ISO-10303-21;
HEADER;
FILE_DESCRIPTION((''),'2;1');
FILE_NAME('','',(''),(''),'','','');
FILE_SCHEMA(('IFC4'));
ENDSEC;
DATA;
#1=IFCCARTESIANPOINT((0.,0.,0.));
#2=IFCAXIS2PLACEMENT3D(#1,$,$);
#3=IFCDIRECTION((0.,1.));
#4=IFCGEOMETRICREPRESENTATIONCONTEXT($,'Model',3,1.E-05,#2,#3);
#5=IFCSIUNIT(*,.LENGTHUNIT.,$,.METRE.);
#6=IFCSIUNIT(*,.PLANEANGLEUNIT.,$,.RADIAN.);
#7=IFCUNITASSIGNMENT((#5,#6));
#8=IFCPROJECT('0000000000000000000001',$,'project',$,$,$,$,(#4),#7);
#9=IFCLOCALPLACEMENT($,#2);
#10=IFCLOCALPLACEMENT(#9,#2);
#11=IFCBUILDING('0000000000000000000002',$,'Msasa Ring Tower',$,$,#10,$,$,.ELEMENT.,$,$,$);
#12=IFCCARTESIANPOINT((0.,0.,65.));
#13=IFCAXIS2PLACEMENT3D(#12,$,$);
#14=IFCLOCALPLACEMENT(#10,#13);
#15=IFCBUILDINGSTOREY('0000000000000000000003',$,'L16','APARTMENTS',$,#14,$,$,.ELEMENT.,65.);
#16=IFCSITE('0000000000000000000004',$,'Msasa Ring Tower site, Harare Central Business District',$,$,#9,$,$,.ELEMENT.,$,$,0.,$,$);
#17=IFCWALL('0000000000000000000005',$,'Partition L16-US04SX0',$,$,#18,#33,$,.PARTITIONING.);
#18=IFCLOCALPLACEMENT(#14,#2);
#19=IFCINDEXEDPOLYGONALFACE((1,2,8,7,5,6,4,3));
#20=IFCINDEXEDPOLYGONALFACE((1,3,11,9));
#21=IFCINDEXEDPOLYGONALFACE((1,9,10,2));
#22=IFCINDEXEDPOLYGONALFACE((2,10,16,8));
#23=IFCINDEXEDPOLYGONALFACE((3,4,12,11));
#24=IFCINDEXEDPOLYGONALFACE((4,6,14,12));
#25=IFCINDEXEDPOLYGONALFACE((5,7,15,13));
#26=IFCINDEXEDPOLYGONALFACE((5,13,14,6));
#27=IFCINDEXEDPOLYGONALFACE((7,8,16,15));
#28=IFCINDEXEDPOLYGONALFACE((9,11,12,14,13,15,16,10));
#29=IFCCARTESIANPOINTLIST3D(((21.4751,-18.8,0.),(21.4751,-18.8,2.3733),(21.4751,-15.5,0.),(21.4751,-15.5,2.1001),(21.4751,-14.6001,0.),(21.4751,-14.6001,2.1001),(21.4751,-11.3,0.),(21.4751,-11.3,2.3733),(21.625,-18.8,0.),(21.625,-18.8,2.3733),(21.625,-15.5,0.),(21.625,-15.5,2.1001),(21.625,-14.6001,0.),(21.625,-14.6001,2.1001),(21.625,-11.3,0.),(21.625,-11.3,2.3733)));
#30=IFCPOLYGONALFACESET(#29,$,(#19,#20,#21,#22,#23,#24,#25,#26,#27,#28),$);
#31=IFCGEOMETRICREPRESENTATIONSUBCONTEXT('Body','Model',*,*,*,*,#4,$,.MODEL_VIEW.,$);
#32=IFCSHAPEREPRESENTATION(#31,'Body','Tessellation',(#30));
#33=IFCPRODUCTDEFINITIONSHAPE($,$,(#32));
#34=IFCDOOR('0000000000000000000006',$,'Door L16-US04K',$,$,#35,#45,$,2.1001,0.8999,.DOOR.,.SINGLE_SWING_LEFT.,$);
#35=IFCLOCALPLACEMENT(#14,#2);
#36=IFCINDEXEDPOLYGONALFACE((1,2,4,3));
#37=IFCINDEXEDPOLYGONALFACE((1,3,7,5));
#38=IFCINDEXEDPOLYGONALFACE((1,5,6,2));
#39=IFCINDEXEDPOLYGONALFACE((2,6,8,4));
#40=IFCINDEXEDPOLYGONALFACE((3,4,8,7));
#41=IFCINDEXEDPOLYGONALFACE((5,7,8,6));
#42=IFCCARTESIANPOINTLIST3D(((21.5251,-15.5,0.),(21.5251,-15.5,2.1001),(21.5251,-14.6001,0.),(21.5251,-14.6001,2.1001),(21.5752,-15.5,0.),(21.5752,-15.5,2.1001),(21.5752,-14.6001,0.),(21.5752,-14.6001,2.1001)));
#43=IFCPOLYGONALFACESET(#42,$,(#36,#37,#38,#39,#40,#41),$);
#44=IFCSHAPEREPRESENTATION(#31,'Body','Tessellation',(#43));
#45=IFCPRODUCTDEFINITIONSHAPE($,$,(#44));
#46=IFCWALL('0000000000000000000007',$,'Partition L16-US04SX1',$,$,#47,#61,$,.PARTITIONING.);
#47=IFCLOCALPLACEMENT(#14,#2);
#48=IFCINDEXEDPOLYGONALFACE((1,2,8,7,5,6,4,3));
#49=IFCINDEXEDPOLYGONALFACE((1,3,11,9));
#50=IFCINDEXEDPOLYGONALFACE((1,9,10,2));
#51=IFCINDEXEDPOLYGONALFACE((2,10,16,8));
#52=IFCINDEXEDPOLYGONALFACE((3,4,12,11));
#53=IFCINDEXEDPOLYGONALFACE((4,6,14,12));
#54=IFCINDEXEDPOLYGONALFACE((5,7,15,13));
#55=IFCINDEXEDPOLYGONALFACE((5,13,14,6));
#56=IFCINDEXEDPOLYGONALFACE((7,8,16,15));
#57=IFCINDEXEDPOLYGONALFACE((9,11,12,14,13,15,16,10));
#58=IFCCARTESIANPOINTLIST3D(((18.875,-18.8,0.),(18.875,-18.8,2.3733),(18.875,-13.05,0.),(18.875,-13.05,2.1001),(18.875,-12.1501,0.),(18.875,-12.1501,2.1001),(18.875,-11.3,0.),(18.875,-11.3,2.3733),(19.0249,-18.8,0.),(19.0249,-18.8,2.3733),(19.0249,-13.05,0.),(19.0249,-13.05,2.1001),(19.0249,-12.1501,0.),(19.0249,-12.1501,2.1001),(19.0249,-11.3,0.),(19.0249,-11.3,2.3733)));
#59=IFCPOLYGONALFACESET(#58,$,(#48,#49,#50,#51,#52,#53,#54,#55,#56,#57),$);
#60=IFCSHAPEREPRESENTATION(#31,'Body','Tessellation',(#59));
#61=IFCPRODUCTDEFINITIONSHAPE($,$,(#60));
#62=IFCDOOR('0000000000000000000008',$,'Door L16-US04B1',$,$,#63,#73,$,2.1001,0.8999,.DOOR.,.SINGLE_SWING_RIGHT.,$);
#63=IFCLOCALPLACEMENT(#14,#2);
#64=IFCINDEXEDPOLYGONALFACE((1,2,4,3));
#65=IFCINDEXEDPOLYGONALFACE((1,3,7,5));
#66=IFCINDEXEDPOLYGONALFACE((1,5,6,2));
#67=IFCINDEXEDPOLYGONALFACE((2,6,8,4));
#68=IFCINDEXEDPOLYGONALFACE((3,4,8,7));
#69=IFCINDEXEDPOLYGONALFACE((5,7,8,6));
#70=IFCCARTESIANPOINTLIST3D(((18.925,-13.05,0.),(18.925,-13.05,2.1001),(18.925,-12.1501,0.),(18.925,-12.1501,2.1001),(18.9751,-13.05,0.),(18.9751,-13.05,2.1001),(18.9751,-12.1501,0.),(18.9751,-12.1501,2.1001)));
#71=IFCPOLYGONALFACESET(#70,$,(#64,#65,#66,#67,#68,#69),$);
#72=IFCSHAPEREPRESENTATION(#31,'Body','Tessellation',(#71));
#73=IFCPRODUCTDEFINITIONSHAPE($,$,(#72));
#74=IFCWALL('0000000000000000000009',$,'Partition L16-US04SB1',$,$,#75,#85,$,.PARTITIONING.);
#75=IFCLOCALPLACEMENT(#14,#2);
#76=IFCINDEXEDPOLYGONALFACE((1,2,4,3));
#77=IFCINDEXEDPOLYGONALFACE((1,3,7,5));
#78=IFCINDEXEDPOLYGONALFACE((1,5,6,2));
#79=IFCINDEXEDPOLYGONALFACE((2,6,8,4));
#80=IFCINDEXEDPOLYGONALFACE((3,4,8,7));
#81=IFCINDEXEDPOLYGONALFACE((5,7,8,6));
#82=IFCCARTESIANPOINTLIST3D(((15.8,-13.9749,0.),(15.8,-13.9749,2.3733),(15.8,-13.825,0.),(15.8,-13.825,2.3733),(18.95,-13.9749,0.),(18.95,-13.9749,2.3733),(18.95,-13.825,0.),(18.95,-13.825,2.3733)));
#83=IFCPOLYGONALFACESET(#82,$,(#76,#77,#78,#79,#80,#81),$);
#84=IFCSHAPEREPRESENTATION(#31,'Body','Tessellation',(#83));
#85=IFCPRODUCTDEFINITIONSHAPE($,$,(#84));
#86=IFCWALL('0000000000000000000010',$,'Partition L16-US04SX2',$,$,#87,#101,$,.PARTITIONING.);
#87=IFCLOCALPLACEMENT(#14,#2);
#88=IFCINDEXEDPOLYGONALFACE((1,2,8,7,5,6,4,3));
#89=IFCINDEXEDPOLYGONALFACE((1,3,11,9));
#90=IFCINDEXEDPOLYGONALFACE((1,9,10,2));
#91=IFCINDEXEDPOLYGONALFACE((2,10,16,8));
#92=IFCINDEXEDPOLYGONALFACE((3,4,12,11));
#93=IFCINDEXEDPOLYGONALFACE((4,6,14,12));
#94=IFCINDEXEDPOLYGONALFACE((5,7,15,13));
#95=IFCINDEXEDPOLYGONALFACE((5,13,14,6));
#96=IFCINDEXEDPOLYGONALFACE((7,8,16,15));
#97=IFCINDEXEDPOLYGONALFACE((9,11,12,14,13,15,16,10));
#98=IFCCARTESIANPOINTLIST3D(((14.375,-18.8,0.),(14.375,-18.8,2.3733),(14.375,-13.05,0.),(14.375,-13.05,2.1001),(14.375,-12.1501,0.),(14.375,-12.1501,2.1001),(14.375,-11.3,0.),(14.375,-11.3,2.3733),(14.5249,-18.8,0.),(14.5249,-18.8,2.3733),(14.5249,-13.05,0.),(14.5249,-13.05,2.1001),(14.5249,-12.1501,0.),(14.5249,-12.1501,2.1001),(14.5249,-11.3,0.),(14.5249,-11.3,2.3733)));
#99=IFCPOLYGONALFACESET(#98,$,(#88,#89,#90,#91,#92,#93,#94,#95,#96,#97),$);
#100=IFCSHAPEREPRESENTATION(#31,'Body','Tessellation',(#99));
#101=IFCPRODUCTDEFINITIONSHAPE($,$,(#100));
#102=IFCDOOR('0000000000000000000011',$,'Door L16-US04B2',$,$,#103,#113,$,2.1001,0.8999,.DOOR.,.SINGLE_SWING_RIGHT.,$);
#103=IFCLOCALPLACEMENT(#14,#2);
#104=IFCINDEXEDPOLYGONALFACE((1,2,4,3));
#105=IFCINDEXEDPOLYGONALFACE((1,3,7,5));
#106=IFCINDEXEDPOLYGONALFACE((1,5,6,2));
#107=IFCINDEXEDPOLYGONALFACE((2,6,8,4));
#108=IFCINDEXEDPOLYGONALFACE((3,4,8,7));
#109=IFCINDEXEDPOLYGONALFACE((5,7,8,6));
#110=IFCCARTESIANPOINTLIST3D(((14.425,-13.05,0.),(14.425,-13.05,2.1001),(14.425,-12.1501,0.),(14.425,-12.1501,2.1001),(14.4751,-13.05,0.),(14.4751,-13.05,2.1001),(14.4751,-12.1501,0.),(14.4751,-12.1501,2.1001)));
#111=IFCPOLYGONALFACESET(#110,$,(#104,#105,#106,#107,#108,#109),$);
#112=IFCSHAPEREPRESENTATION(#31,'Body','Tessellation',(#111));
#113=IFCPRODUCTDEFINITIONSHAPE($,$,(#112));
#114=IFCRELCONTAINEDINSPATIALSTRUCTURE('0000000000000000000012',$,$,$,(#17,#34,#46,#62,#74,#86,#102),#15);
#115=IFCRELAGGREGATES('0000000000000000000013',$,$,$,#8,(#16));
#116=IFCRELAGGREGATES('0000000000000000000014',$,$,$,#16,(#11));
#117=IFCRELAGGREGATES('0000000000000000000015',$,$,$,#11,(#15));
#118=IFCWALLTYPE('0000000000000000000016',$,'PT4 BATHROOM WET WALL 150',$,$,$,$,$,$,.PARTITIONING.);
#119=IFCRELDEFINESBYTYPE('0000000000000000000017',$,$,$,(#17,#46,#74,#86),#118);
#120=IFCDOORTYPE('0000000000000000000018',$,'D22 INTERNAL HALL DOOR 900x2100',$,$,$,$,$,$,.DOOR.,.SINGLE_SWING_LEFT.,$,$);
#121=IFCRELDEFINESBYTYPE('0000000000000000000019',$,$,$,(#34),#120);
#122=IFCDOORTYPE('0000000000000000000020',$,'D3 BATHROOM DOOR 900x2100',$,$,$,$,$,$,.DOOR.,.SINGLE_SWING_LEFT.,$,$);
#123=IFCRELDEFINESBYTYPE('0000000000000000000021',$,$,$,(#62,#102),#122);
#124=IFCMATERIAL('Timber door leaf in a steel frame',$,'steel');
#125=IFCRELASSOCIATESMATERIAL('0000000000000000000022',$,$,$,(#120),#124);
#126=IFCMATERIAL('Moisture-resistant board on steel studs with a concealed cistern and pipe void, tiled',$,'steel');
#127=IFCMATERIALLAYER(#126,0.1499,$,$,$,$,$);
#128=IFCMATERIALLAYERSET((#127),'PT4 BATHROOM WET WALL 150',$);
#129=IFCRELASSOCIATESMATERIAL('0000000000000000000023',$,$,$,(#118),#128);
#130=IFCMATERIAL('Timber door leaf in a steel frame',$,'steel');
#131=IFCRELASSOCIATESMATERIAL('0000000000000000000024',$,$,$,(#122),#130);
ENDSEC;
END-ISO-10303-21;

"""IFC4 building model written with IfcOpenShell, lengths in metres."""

from ifc_helpers import new_model, si_unit, direction, frame, frame_2d, origin, place, context, subcontext, project, spatial, rectangle, extrude, material, layer, layer_set, type_object, element, fill, save


model = new_model("IFC4")

# Units and contexts
model_context = context("Model", 3, precision=1e-05, world=origin(), true_north=direction((0.0, 1.0)))
body_context = subcontext(model_context, "Body", "Model", "MODEL_VIEW")
ifc_project = project(units=[si_unit("LENGTHUNIT", "METRE"), si_unit("PLANEANGLEUNIT", "RADIAN")], contexts=[model_context])

# Site, building, storey
site_placement = place(None, origin())
site = spatial("IfcSite", under=ifc_project, at=site_placement, Name="Msasa Ring Tower site, Harare Central Business District", CompositionType="ELEMENT", RefElevation=0.0)
building_placement = place(site_placement, origin())
building = spatial("IfcBuilding", under=site, at=building_placement, Name="Msasa Ring Tower", CompositionType="ELEMENT")
storey_placement = place(building_placement, frame((0.0, 0.0, 65.0)))
storey = spatial("IfcBuildingStorey", under=building, at=storey_placement, Name="L16", Description="APARTMENTS", CompositionType="ELEMENT", Elevation=65.0)

# Shared definitions
ifc_material_1 = material(Name="Timber door leaf in a steel frame", Category="steel")
door_type_1 = type_object("IfcDoorType", Name="D22 INTERNAL HALL DOOR 900x2100", OperationType="SINGLE_SWING_LEFT", PredefinedType="DOOR", material=ifc_material_1)

# Walls, openings, doors
ifc_material_2 = material(Name="Moisture-resistant board on steel studs with a concealed cistern and pipe void, tiled", Category="steel")
ifc_layer_1 = layer(ifc_material_2, 0.1499)
ifc_layer_set_1 = layer_set([ifc_layer_1], Name="PT4 BATHROOM WET WALL 150")
wall_type_1 = type_object("IfcWallType", Name="PT4 BATHROOM WET WALL 150", PredefinedType="PARTITIONING", material=ifc_layer_set_1)
wall_1_placement = place(storey_placement, frame((21.55, -18.8, 0.0), z_axis=(0.0, 0.0, 1.0), x_axis=(0.0, 1.0, 0.0)))
wall_1 = element("IfcWall", 1, at=wall_1_placement, inside=storey, type_object=wall_type_1, Name="Partition L16-US04SX0", PredefinedType="PARTITIONING", context=body_context, shape_type="SweptSolid", body=[
    extrude(rectangle(XDim=7.5, YDim=0.1499, at=frame_2d((3.75, 0.0))), origin(), (0.0, 0.0, 1.0), 2.3733),
])
opening_1_placement = place(wall_1_placement, frame((3.3, 0.0, 0.0)))
opening_1 = element("IfcOpeningElement", 2, at=opening_1_placement, cuts=wall_1, PredefinedType="OPENING", context=body_context, shape_type="SweptSolid", body=[
    extrude(rectangle(XDim=0.8999, YDim=2.1001, at=frame_2d((0.45, 1.05))), frame((0.0, 0.085, 0.0), z_axis=(0.0, -1.0, 0.0), x_axis=(1.0, 0.0, 0.0)), (0.0, 0.0, 1.0), 0.1699),
])
door_1_placement = place(opening_1_placement, origin())
door_1 = element("IfcDoor", 3, at=door_1_placement, inside=storey, type_object=door_type_1, Name="Door L16-US04K", OperationType="SINGLE_SWING_LEFT", OverallHeight=2.1001, OverallWidth=0.8999, PredefinedType="DOOR", context=body_context, shape_type="SweptSolid", body=[
    extrude(rectangle(XDim=0.8999, YDim=2.1001, at=frame_2d((0.45, 1.05))), frame((0.0, 0.0249, 0.0), z_axis=(0.0, -1.0, 0.0), x_axis=(1.0, 0.0, 0.0)), (0.0, 0.0, 1.0), 0.05),
])
fill(opening_1, door_1)
wall_2_placement = place(storey_placement, frame((18.95, -18.8, 0.0), z_axis=(0.0, 0.0, 1.0), x_axis=(0.0, 1.0, 0.0)))
wall_2 = element("IfcWall", 4, at=wall_2_placement, inside=storey, type_object=wall_type_1, Name="Partition L16-US04SX1", PredefinedType="PARTITIONING", context=body_context, shape_type="SweptSolid", body=[
    extrude(rectangle(XDim=7.5, YDim=0.1499, at=frame_2d((3.75, 0.0))), origin(), (0.0, 0.0, 1.0), 2.3733),
])
opening_2_placement = place(wall_2_placement, frame((5.75, 0.0, 0.0)))
opening_2 = element("IfcOpeningElement", 5, at=opening_2_placement, cuts=wall_2, PredefinedType="OPENING", context=body_context, shape_type="SweptSolid", body=[
    extrude(rectangle(XDim=0.8999, YDim=2.1001, at=frame_2d((0.45, 1.05))), frame((0.0, 0.085, 0.0), z_axis=(0.0, -1.0, 0.0), x_axis=(1.0, 0.0, 0.0)), (0.0, 0.0, 1.0), 0.1699),
])
ifc_material_3 = material(Name="Timber door leaf in a steel frame", Category="steel")
door_type_2 = type_object("IfcDoorType", Name="D3 BATHROOM DOOR 900x2100", OperationType="SINGLE_SWING_LEFT", PredefinedType="DOOR", material=ifc_material_3)
door_2_placement = place(opening_2_placement, origin())
door_2 = element("IfcDoor", 6, at=door_2_placement, inside=storey, type_object=door_type_2, Name="Door L16-US04B1", OperationType="SINGLE_SWING_RIGHT", OverallHeight=2.1001, OverallWidth=0.8999, PredefinedType="DOOR", context=body_context, shape_type="SweptSolid", body=[
    extrude(rectangle(XDim=0.8999, YDim=2.1001, at=frame_2d((0.45, 1.05))), frame((0.0, 0.0249, 0.0), z_axis=(0.0, -1.0, 0.0), x_axis=(1.0, 0.0, 0.0)), (0.0, 0.0, 1.0), 0.05),
])
fill(opening_2, door_2)

# Wall
wall_3_placement = place(storey_placement, frame((15.8, -13.8999, 0.0), z_axis=(0.0, 0.0, 1.0), x_axis=(1.0, 0.0, 0.0)))
element("IfcWall", 7, at=wall_3_placement, inside=storey, type_object=wall_type_1, Name="Partition L16-US04SB1", PredefinedType="PARTITIONING", context=body_context, shape_type="SweptSolid", body=[
    extrude(rectangle(XDim=3.1499, YDim=0.1499, at=frame_2d((1.575, 0.0))), origin(), (0.0, 0.0, 1.0), 2.3733),
])

# Wall, opening, door
wall_4_placement = place(storey_placement, frame((14.45, -18.8, 0.0), z_axis=(0.0, 0.0, 1.0), x_axis=(0.0, 1.0, 0.0)))
wall_4 = element("IfcWall", 8, at=wall_4_placement, inside=storey, type_object=wall_type_1, Name="Partition L16-US04SX2", PredefinedType="PARTITIONING", context=body_context, shape_type="SweptSolid", body=[
    extrude(rectangle(XDim=7.5, YDim=0.1499, at=frame_2d((3.75, 0.0))), origin(), (0.0, 0.0, 1.0), 2.3733),
])
opening_3_placement = place(wall_4_placement, frame((5.75, 0.0, 0.0)))
opening_3 = element("IfcOpeningElement", 9, at=opening_3_placement, cuts=wall_4, PredefinedType="OPENING", context=body_context, shape_type="SweptSolid", body=[
    extrude(rectangle(XDim=0.8999, YDim=2.1001, at=frame_2d((0.45, 1.05))), frame((0.0, 0.085, 0.0), z_axis=(0.0, -1.0, 0.0), x_axis=(1.0, 0.0, 0.0)), (0.0, 0.0, 1.0), 0.1699),
])
door_3_placement = place(opening_3_placement, origin())
door_3 = element("IfcDoor", 10, at=door_3_placement, inside=storey, type_object=door_type_2, Name="Door L16-US04B2", OperationType="SINGLE_SWING_RIGHT", OverallHeight=2.1001, OverallWidth=0.8999, PredefinedType="DOOR", context=body_context, shape_type="SweptSolid", body=[
    extrude(rectangle(XDim=0.8999, YDim=2.1001, at=frame_2d((0.45, 1.05))), frame((0.0, 0.0249, 0.0), z_axis=(0.0, -1.0, 0.0), x_axis=(1.0, 0.0, 0.0)), (0.0, 0.0, 1.0), 0.05),
])
fill(opening_3, door_3)

save(model, "model.ifc")
